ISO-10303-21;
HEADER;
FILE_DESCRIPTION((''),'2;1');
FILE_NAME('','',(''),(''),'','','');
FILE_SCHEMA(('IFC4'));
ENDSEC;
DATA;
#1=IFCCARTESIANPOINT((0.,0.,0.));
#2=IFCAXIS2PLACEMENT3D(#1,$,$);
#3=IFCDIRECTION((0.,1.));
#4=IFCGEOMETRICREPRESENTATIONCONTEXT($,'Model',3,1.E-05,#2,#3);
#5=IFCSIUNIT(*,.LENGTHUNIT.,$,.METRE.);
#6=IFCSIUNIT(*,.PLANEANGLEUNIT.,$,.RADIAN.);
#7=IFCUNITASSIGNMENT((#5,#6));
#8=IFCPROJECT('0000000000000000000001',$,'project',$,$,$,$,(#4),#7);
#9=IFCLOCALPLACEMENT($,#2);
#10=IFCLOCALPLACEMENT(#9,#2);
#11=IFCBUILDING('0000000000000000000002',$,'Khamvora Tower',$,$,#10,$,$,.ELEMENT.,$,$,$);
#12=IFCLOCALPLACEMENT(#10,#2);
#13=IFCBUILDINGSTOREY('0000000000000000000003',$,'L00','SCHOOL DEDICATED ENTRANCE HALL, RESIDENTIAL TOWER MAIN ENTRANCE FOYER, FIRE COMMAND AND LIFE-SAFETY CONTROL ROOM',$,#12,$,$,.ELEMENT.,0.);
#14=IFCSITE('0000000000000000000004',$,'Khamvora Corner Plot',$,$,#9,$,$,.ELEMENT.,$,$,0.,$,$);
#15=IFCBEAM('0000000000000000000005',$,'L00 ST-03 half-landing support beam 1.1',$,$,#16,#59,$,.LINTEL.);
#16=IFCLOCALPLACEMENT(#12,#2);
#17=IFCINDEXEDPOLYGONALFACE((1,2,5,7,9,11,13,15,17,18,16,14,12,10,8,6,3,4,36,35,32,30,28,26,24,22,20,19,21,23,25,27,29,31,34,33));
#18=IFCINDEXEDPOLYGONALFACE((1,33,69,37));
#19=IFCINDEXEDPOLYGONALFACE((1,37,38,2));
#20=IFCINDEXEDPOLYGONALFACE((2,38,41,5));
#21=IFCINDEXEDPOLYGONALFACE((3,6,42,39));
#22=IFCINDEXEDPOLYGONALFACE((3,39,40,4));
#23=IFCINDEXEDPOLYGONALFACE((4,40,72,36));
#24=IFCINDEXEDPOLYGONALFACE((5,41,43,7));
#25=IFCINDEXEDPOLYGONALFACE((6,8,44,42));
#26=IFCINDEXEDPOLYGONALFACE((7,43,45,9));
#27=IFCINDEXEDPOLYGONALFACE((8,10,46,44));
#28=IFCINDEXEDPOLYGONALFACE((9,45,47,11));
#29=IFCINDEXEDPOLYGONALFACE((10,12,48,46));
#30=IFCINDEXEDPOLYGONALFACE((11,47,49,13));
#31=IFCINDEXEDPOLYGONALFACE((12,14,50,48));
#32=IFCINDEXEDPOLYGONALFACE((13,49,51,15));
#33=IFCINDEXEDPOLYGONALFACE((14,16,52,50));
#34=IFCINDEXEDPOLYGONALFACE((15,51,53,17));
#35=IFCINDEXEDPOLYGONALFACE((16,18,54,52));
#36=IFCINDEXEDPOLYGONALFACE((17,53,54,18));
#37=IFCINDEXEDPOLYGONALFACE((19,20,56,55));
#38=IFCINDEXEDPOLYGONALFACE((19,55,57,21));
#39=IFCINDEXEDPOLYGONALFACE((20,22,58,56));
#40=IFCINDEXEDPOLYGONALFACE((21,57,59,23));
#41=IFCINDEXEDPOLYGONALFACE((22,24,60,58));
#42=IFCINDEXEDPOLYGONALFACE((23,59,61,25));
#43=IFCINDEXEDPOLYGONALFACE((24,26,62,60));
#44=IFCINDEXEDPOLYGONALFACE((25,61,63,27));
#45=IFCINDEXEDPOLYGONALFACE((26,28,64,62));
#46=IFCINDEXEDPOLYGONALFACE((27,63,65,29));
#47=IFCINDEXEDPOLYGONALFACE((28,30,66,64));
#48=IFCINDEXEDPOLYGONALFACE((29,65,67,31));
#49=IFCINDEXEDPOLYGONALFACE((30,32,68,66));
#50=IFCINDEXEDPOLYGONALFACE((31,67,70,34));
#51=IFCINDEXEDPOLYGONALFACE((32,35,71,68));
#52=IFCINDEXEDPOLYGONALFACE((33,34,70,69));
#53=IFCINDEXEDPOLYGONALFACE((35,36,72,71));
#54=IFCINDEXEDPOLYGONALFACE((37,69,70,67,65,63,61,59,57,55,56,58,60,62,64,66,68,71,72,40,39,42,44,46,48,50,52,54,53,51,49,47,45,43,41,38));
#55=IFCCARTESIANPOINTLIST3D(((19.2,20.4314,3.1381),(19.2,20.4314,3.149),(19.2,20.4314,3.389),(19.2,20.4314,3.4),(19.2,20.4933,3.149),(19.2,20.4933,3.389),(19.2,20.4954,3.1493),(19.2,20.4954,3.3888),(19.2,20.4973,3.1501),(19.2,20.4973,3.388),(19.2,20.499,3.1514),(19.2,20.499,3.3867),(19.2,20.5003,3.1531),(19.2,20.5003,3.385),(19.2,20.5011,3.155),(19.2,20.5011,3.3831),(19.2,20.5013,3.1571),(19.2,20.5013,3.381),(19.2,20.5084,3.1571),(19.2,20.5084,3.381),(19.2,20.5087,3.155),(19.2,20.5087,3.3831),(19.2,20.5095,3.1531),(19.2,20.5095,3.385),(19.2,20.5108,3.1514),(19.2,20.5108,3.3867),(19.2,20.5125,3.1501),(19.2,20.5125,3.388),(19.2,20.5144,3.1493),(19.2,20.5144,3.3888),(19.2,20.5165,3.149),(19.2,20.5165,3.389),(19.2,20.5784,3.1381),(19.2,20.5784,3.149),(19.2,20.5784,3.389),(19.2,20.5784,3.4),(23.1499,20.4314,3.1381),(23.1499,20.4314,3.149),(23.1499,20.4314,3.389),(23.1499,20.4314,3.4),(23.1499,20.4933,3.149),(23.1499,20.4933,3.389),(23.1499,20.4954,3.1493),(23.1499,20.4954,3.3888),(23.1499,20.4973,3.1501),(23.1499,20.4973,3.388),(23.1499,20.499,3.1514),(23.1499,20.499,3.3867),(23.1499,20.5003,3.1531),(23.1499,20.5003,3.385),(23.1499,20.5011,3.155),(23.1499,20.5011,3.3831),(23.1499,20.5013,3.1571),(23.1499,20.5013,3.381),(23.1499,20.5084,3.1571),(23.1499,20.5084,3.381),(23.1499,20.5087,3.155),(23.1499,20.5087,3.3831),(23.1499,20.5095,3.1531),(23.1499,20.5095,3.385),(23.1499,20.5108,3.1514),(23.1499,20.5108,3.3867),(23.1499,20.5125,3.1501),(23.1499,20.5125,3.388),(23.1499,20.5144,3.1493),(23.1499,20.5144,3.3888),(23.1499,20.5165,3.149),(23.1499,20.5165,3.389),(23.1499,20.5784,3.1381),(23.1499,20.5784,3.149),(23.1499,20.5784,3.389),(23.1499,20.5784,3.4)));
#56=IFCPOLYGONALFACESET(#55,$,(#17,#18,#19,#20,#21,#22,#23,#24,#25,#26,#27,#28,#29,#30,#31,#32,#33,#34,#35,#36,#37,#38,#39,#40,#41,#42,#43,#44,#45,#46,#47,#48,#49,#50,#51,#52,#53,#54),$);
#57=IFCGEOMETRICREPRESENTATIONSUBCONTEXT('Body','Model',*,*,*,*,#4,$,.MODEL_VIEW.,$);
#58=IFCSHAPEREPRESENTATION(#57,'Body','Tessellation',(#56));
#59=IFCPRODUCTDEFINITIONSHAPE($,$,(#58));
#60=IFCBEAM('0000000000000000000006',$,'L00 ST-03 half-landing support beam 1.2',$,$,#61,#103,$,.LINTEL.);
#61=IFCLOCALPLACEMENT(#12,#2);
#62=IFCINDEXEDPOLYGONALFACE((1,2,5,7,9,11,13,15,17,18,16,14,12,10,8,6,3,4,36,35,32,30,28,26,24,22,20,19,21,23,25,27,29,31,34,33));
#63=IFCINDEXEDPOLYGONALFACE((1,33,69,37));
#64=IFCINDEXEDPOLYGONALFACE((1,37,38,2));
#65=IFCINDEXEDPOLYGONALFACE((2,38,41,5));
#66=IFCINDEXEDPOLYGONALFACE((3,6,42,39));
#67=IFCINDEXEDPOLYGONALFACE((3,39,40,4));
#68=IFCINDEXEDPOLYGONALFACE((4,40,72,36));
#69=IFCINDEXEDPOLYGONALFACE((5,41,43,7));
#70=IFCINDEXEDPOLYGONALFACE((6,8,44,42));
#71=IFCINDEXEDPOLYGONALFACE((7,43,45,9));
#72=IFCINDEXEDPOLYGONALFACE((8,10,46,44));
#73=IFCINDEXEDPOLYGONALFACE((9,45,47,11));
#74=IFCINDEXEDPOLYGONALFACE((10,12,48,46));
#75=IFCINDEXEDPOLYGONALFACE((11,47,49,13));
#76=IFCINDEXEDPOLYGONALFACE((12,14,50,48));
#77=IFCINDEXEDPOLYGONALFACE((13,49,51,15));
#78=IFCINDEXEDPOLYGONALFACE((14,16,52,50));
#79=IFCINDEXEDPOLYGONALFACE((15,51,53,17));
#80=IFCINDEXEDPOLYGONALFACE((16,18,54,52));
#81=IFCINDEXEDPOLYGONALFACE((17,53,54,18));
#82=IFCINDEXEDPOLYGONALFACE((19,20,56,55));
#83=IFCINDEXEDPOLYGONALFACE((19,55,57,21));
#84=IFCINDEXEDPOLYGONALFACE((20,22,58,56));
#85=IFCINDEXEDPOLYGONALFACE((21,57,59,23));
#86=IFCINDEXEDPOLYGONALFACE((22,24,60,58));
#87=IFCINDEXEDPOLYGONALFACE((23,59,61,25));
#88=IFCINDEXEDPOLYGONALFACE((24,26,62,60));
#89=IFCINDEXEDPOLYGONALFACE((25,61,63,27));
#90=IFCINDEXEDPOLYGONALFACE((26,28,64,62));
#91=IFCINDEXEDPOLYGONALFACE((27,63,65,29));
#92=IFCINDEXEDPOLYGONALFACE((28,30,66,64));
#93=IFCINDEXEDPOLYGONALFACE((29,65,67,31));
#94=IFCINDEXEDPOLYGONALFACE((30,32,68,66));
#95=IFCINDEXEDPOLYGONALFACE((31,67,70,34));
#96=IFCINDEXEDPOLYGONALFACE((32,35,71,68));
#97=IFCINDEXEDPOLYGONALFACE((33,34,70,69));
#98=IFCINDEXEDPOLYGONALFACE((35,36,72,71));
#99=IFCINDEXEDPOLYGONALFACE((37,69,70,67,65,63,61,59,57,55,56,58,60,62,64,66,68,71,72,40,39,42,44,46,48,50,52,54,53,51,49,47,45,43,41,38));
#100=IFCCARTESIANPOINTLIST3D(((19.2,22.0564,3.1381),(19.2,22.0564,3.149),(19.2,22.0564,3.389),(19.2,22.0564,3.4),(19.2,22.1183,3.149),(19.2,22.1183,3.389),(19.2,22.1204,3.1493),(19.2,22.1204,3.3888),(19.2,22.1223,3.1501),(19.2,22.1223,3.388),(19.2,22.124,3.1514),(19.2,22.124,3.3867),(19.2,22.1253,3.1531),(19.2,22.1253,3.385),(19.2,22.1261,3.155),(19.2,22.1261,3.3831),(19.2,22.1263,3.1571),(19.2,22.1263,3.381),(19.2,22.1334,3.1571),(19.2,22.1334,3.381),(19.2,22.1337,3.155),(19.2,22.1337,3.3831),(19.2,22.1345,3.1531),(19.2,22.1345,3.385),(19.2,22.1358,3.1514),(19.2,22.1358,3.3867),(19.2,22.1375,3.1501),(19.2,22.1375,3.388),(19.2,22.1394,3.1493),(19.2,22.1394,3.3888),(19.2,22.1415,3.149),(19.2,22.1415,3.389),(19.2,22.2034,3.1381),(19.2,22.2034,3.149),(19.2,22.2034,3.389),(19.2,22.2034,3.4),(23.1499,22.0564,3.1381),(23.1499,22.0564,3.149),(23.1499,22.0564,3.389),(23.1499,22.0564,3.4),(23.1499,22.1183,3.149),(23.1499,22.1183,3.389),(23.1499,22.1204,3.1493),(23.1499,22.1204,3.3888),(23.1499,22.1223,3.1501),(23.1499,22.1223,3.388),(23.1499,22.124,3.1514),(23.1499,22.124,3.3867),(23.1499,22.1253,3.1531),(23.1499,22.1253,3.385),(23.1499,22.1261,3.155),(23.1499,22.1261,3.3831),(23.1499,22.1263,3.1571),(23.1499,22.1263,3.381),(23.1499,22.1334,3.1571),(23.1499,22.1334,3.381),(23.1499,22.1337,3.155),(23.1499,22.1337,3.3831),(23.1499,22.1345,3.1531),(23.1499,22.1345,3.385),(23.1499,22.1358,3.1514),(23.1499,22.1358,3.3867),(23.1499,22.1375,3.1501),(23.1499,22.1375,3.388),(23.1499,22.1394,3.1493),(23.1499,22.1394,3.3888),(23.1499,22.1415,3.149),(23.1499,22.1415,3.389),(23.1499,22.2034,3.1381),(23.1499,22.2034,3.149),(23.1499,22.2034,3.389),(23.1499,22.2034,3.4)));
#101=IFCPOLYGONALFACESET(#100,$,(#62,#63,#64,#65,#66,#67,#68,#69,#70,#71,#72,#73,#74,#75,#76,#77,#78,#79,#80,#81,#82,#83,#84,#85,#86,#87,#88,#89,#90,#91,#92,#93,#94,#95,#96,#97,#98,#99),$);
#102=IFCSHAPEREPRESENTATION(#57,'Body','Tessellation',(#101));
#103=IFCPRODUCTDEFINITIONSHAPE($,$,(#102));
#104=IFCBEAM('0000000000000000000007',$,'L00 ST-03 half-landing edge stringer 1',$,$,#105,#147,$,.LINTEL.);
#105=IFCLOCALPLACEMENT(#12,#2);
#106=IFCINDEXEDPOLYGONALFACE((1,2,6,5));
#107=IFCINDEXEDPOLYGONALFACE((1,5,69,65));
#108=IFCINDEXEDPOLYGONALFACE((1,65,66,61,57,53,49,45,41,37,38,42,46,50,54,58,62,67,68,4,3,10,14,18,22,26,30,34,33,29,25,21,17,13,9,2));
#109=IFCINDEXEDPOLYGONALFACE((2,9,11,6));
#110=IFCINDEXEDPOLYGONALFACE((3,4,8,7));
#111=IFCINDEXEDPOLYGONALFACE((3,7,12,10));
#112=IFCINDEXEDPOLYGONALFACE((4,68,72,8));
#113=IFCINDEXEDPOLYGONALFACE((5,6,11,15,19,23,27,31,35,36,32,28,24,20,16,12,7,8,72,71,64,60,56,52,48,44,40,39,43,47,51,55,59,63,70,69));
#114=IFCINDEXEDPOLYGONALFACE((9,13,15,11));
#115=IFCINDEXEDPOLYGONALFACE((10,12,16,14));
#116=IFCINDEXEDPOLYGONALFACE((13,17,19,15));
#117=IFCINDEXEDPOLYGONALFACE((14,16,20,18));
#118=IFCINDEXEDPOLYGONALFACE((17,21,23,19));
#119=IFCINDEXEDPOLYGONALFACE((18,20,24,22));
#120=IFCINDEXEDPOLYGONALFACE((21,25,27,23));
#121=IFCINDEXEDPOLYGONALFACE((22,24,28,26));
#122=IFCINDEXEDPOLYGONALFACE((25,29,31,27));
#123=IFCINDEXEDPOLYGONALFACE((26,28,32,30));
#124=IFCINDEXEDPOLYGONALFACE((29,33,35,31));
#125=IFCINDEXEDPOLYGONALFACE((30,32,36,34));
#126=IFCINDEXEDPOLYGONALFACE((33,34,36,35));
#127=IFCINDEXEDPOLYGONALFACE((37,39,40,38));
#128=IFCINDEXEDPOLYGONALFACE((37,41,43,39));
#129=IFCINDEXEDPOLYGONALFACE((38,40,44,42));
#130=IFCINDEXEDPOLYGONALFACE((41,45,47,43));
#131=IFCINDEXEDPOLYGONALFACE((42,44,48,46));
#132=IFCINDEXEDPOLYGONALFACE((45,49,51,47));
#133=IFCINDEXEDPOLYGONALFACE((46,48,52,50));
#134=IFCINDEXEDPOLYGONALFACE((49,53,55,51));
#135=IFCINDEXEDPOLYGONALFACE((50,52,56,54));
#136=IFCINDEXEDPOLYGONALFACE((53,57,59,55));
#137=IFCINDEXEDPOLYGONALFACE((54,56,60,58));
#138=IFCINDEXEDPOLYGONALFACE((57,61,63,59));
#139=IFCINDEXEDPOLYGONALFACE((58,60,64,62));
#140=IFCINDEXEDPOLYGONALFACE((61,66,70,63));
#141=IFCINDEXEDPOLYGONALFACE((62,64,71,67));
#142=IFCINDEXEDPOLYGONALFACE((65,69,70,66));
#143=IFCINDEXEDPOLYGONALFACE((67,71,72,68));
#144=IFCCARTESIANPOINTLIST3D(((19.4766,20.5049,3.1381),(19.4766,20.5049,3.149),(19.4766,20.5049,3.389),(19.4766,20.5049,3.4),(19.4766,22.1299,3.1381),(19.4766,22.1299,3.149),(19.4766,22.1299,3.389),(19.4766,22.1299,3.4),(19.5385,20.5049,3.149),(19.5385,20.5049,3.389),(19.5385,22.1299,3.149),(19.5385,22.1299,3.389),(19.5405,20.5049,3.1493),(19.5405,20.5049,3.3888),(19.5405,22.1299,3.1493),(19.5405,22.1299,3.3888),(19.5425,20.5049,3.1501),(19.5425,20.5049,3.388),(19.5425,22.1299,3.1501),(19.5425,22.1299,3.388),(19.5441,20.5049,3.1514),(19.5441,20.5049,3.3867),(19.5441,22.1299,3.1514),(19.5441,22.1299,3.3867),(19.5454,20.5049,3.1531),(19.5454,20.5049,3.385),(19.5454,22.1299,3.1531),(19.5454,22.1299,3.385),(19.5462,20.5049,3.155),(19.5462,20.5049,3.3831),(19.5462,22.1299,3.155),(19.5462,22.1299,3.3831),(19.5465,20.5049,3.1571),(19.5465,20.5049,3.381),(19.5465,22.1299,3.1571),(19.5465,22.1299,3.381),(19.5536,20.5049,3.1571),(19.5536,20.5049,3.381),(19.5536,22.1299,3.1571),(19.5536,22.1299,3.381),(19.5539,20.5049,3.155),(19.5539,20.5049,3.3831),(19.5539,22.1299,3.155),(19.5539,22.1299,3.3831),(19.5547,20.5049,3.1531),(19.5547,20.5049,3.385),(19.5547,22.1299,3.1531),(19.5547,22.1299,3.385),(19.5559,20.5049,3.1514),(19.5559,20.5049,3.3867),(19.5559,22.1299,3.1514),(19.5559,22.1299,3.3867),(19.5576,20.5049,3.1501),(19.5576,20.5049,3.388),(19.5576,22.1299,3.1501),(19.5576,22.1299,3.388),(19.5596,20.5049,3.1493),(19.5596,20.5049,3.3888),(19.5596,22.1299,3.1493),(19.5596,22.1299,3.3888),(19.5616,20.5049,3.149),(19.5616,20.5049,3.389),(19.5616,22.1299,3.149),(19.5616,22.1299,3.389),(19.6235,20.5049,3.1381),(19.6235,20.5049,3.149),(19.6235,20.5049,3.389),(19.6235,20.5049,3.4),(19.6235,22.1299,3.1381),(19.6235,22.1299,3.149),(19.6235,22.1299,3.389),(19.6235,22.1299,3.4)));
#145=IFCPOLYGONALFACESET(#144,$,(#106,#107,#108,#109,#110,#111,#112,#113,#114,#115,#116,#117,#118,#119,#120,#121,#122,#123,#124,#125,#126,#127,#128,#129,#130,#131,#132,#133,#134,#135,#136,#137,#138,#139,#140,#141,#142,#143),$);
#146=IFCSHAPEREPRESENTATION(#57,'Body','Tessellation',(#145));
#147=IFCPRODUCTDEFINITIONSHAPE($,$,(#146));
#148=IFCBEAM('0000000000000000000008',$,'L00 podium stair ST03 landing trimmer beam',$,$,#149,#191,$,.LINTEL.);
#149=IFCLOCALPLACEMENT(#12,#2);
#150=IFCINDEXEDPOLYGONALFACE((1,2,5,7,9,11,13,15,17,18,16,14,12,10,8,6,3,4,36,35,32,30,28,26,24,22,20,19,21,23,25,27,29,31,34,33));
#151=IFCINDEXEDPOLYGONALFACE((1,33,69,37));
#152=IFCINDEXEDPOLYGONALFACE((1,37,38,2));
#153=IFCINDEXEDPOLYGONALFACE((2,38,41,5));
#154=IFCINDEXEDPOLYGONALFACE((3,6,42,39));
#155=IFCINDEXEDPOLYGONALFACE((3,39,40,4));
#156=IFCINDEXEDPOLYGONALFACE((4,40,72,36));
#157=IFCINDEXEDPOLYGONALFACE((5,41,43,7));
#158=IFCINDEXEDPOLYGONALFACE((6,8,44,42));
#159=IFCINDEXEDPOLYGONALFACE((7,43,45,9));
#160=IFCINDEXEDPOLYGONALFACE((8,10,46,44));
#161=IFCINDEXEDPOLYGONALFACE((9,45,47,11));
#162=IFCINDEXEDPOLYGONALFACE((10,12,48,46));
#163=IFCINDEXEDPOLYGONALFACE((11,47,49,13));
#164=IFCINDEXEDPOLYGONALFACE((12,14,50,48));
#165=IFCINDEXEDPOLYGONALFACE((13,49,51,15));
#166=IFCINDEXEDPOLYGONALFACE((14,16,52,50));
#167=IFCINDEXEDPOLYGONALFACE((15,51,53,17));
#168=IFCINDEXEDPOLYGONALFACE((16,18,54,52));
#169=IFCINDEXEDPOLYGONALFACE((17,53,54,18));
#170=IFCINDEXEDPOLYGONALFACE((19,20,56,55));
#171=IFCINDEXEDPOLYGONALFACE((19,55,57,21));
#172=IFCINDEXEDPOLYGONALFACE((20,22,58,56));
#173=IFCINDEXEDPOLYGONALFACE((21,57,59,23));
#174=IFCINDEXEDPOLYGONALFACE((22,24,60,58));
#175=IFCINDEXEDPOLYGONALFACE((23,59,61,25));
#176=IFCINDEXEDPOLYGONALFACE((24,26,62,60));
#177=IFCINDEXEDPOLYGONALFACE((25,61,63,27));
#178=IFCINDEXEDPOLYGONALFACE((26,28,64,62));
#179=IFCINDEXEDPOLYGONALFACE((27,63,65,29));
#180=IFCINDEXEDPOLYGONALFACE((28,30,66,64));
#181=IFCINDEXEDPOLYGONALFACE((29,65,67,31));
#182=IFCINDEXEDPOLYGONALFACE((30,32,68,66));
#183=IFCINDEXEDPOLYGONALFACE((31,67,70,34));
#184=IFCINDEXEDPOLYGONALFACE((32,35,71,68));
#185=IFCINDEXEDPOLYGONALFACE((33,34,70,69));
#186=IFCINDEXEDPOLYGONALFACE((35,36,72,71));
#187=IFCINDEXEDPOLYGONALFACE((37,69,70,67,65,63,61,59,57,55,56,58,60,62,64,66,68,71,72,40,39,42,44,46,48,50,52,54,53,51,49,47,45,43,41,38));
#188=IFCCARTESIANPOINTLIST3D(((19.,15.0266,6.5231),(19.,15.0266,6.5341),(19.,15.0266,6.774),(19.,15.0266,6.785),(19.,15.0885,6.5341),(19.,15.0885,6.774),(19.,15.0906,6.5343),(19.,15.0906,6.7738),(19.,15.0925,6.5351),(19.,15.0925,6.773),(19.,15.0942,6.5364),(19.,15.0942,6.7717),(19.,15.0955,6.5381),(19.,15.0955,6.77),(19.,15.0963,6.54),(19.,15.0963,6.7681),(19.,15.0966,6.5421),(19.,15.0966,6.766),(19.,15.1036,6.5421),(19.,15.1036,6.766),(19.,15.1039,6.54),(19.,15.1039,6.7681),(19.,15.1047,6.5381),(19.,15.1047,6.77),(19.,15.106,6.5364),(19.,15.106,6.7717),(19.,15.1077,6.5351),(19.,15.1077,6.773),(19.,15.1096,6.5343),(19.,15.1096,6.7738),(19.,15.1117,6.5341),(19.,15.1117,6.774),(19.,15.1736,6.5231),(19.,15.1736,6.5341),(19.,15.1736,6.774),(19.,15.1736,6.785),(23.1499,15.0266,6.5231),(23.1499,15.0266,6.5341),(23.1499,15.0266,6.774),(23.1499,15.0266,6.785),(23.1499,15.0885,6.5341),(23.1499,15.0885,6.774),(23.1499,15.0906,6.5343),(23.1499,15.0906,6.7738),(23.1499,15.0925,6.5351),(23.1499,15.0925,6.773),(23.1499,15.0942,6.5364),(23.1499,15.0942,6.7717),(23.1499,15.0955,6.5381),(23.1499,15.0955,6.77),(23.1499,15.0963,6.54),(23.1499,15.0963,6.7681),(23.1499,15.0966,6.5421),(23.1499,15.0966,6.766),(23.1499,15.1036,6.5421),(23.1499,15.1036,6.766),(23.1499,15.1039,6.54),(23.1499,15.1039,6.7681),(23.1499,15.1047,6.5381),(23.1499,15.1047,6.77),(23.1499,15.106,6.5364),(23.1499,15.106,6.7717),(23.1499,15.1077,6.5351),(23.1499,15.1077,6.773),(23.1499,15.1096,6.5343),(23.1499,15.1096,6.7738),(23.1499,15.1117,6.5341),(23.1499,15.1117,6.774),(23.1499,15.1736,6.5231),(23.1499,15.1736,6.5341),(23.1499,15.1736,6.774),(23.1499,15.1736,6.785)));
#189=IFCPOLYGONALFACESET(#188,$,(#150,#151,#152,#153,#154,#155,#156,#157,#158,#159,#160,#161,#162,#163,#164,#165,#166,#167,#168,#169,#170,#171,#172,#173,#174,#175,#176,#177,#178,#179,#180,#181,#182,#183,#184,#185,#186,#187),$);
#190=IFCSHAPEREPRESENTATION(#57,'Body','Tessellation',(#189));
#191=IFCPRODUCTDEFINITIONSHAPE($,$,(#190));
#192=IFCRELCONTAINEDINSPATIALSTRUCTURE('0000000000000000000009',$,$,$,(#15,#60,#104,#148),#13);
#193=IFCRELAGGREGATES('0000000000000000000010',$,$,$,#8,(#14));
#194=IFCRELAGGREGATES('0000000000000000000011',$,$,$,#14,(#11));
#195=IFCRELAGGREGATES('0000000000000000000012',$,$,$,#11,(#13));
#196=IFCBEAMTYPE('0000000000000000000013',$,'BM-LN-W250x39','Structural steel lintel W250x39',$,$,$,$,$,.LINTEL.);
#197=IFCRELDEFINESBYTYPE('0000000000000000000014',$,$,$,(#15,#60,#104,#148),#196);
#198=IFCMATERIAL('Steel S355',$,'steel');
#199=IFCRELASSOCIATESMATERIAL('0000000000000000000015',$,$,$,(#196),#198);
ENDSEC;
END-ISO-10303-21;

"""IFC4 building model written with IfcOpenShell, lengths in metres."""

from ifc_helpers import new_model, si_unit, direction, frame, origin, origin_2d, place, context, subcontext, project, spatial, i_section, extrude, material, material_profile, profile_set, type_object, element, save


model = new_model("IFC4")

# Units and contexts
model_context = context("Model", 3, precision=1e-05, world=origin(), true_north=direction((0.0, 1.0)))
body_context = subcontext(model_context, "Body", "Model", "MODEL_VIEW")
ifc_project = project(units=[si_unit("LENGTHUNIT", "METRE"), si_unit("PLANEANGLEUNIT", "RADIAN")], contexts=[model_context])

# Site, building, storey
site_placement = place(None, origin())
site = spatial("IfcSite", under=ifc_project, at=site_placement, Name="Khamvora Corner Plot", CompositionType="ELEMENT", RefElevation=0.0)
building_placement = place(site_placement, origin())
building = spatial("IfcBuilding", under=site, at=building_placement, Name="Khamvora Tower", CompositionType="ELEMENT")
storey_placement = place(building_placement, origin())
storey = spatial("IfcBuildingStorey", under=building, at=storey_placement, Name="L00", Description="SCHOOL DEDICATED ENTRANCE HALL, RESIDENTIAL TOWER MAIN ENTRANCE FOYER, FIRE COMMAND AND LIFE-SAFETY CONTROL ROOM", CompositionType="ELEMENT", Elevation=0.0)

# Beams
ifc_material_1 = material(Name="Steel S355", Category="steel")
ifc_material_profile_1 = material_profile(ifc_material_1, i_section(OverallWidth=0.147, OverallDepth=0.262, WebThickness=0.0071, FlangeThickness=0.011, FilletRadius=0.0081, at=origin_2d()), Name="W250x39")
ifc_profile_set_1 = profile_set([ifc_material_profile_1], Name="Steel S355")
beam_type_1 = type_object("IfcBeamType", Name="BM-LN-W250x39", Description="Structural steel lintel W250x39", PredefinedType="LINTEL", material=ifc_profile_set_1)
for number, where, z_axis, x_axis, name in (
    (1, (19.2, 20.5049, 3.269), (1.0, 0.0, 0.0), (0.0, 1.0, 0.0), "L00 ST-03 half-landing support beam 1.1"),
    (2, (19.2, 22.1299, 3.269), (1.0, 0.0, 0.0), (0.0, 1.0, 0.0), "L00 ST-03 half-landing support beam 1.2"),
):
    element("IfcBeam", number, at=place(storey_placement, frame(where, z_axis=z_axis, x_axis=x_axis)), inside=storey, type_object=beam_type_1, Name=name, PredefinedType="LINTEL", context=body_context, shape_type="SweptSolid", body=[
        extrude(i_section(OverallWidth=0.147, OverallDepth=0.262, WebThickness=0.0071, FlangeThickness=0.011, FilletRadius=0.0081, at=origin_2d()), origin(), (0.0, 0.0, 1.0), 3.95),
    ])
beam_1_placement = place(storey_placement, frame((19.55, 20.5049, 3.269), z_axis=(0.0, 1.0, 0.0), x_axis=(-1.0, 0.0, 0.0)))
element("IfcBeam", 3, at=beam_1_placement, inside=storey, type_object=beam_type_1, Name="L00 ST-03 half-landing edge stringer 1", PredefinedType="LINTEL", context=body_context, shape_type="SweptSolid", body=[
    extrude(i_section(OverallWidth=0.147, OverallDepth=0.262, WebThickness=0.0071, FlangeThickness=0.011, FilletRadius=0.0081, at=origin_2d()), origin(), (0.0, 0.0, 1.0), 1.625),
])
beam_2_placement = place(storey_placement, frame((19.0, 15.1001, 6.6541), z_axis=(1.0, 0.0, 0.0), x_axis=(0.0, 1.0, 0.0)))
element("IfcBeam", 4, at=beam_2_placement, inside=storey, type_object=beam_type_1, Name="L00 podium stair ST03 landing trimmer beam", PredefinedType="LINTEL", context=body_context, shape_type="SweptSolid", body=[
    extrude(i_section(OverallWidth=0.147, OverallDepth=0.262, WebThickness=0.0071, FlangeThickness=0.011, FilletRadius=0.0081, at=origin_2d()), origin(), (0.0, 0.0, 1.0), 4.1499),
])

save(model, "model.ifc")
